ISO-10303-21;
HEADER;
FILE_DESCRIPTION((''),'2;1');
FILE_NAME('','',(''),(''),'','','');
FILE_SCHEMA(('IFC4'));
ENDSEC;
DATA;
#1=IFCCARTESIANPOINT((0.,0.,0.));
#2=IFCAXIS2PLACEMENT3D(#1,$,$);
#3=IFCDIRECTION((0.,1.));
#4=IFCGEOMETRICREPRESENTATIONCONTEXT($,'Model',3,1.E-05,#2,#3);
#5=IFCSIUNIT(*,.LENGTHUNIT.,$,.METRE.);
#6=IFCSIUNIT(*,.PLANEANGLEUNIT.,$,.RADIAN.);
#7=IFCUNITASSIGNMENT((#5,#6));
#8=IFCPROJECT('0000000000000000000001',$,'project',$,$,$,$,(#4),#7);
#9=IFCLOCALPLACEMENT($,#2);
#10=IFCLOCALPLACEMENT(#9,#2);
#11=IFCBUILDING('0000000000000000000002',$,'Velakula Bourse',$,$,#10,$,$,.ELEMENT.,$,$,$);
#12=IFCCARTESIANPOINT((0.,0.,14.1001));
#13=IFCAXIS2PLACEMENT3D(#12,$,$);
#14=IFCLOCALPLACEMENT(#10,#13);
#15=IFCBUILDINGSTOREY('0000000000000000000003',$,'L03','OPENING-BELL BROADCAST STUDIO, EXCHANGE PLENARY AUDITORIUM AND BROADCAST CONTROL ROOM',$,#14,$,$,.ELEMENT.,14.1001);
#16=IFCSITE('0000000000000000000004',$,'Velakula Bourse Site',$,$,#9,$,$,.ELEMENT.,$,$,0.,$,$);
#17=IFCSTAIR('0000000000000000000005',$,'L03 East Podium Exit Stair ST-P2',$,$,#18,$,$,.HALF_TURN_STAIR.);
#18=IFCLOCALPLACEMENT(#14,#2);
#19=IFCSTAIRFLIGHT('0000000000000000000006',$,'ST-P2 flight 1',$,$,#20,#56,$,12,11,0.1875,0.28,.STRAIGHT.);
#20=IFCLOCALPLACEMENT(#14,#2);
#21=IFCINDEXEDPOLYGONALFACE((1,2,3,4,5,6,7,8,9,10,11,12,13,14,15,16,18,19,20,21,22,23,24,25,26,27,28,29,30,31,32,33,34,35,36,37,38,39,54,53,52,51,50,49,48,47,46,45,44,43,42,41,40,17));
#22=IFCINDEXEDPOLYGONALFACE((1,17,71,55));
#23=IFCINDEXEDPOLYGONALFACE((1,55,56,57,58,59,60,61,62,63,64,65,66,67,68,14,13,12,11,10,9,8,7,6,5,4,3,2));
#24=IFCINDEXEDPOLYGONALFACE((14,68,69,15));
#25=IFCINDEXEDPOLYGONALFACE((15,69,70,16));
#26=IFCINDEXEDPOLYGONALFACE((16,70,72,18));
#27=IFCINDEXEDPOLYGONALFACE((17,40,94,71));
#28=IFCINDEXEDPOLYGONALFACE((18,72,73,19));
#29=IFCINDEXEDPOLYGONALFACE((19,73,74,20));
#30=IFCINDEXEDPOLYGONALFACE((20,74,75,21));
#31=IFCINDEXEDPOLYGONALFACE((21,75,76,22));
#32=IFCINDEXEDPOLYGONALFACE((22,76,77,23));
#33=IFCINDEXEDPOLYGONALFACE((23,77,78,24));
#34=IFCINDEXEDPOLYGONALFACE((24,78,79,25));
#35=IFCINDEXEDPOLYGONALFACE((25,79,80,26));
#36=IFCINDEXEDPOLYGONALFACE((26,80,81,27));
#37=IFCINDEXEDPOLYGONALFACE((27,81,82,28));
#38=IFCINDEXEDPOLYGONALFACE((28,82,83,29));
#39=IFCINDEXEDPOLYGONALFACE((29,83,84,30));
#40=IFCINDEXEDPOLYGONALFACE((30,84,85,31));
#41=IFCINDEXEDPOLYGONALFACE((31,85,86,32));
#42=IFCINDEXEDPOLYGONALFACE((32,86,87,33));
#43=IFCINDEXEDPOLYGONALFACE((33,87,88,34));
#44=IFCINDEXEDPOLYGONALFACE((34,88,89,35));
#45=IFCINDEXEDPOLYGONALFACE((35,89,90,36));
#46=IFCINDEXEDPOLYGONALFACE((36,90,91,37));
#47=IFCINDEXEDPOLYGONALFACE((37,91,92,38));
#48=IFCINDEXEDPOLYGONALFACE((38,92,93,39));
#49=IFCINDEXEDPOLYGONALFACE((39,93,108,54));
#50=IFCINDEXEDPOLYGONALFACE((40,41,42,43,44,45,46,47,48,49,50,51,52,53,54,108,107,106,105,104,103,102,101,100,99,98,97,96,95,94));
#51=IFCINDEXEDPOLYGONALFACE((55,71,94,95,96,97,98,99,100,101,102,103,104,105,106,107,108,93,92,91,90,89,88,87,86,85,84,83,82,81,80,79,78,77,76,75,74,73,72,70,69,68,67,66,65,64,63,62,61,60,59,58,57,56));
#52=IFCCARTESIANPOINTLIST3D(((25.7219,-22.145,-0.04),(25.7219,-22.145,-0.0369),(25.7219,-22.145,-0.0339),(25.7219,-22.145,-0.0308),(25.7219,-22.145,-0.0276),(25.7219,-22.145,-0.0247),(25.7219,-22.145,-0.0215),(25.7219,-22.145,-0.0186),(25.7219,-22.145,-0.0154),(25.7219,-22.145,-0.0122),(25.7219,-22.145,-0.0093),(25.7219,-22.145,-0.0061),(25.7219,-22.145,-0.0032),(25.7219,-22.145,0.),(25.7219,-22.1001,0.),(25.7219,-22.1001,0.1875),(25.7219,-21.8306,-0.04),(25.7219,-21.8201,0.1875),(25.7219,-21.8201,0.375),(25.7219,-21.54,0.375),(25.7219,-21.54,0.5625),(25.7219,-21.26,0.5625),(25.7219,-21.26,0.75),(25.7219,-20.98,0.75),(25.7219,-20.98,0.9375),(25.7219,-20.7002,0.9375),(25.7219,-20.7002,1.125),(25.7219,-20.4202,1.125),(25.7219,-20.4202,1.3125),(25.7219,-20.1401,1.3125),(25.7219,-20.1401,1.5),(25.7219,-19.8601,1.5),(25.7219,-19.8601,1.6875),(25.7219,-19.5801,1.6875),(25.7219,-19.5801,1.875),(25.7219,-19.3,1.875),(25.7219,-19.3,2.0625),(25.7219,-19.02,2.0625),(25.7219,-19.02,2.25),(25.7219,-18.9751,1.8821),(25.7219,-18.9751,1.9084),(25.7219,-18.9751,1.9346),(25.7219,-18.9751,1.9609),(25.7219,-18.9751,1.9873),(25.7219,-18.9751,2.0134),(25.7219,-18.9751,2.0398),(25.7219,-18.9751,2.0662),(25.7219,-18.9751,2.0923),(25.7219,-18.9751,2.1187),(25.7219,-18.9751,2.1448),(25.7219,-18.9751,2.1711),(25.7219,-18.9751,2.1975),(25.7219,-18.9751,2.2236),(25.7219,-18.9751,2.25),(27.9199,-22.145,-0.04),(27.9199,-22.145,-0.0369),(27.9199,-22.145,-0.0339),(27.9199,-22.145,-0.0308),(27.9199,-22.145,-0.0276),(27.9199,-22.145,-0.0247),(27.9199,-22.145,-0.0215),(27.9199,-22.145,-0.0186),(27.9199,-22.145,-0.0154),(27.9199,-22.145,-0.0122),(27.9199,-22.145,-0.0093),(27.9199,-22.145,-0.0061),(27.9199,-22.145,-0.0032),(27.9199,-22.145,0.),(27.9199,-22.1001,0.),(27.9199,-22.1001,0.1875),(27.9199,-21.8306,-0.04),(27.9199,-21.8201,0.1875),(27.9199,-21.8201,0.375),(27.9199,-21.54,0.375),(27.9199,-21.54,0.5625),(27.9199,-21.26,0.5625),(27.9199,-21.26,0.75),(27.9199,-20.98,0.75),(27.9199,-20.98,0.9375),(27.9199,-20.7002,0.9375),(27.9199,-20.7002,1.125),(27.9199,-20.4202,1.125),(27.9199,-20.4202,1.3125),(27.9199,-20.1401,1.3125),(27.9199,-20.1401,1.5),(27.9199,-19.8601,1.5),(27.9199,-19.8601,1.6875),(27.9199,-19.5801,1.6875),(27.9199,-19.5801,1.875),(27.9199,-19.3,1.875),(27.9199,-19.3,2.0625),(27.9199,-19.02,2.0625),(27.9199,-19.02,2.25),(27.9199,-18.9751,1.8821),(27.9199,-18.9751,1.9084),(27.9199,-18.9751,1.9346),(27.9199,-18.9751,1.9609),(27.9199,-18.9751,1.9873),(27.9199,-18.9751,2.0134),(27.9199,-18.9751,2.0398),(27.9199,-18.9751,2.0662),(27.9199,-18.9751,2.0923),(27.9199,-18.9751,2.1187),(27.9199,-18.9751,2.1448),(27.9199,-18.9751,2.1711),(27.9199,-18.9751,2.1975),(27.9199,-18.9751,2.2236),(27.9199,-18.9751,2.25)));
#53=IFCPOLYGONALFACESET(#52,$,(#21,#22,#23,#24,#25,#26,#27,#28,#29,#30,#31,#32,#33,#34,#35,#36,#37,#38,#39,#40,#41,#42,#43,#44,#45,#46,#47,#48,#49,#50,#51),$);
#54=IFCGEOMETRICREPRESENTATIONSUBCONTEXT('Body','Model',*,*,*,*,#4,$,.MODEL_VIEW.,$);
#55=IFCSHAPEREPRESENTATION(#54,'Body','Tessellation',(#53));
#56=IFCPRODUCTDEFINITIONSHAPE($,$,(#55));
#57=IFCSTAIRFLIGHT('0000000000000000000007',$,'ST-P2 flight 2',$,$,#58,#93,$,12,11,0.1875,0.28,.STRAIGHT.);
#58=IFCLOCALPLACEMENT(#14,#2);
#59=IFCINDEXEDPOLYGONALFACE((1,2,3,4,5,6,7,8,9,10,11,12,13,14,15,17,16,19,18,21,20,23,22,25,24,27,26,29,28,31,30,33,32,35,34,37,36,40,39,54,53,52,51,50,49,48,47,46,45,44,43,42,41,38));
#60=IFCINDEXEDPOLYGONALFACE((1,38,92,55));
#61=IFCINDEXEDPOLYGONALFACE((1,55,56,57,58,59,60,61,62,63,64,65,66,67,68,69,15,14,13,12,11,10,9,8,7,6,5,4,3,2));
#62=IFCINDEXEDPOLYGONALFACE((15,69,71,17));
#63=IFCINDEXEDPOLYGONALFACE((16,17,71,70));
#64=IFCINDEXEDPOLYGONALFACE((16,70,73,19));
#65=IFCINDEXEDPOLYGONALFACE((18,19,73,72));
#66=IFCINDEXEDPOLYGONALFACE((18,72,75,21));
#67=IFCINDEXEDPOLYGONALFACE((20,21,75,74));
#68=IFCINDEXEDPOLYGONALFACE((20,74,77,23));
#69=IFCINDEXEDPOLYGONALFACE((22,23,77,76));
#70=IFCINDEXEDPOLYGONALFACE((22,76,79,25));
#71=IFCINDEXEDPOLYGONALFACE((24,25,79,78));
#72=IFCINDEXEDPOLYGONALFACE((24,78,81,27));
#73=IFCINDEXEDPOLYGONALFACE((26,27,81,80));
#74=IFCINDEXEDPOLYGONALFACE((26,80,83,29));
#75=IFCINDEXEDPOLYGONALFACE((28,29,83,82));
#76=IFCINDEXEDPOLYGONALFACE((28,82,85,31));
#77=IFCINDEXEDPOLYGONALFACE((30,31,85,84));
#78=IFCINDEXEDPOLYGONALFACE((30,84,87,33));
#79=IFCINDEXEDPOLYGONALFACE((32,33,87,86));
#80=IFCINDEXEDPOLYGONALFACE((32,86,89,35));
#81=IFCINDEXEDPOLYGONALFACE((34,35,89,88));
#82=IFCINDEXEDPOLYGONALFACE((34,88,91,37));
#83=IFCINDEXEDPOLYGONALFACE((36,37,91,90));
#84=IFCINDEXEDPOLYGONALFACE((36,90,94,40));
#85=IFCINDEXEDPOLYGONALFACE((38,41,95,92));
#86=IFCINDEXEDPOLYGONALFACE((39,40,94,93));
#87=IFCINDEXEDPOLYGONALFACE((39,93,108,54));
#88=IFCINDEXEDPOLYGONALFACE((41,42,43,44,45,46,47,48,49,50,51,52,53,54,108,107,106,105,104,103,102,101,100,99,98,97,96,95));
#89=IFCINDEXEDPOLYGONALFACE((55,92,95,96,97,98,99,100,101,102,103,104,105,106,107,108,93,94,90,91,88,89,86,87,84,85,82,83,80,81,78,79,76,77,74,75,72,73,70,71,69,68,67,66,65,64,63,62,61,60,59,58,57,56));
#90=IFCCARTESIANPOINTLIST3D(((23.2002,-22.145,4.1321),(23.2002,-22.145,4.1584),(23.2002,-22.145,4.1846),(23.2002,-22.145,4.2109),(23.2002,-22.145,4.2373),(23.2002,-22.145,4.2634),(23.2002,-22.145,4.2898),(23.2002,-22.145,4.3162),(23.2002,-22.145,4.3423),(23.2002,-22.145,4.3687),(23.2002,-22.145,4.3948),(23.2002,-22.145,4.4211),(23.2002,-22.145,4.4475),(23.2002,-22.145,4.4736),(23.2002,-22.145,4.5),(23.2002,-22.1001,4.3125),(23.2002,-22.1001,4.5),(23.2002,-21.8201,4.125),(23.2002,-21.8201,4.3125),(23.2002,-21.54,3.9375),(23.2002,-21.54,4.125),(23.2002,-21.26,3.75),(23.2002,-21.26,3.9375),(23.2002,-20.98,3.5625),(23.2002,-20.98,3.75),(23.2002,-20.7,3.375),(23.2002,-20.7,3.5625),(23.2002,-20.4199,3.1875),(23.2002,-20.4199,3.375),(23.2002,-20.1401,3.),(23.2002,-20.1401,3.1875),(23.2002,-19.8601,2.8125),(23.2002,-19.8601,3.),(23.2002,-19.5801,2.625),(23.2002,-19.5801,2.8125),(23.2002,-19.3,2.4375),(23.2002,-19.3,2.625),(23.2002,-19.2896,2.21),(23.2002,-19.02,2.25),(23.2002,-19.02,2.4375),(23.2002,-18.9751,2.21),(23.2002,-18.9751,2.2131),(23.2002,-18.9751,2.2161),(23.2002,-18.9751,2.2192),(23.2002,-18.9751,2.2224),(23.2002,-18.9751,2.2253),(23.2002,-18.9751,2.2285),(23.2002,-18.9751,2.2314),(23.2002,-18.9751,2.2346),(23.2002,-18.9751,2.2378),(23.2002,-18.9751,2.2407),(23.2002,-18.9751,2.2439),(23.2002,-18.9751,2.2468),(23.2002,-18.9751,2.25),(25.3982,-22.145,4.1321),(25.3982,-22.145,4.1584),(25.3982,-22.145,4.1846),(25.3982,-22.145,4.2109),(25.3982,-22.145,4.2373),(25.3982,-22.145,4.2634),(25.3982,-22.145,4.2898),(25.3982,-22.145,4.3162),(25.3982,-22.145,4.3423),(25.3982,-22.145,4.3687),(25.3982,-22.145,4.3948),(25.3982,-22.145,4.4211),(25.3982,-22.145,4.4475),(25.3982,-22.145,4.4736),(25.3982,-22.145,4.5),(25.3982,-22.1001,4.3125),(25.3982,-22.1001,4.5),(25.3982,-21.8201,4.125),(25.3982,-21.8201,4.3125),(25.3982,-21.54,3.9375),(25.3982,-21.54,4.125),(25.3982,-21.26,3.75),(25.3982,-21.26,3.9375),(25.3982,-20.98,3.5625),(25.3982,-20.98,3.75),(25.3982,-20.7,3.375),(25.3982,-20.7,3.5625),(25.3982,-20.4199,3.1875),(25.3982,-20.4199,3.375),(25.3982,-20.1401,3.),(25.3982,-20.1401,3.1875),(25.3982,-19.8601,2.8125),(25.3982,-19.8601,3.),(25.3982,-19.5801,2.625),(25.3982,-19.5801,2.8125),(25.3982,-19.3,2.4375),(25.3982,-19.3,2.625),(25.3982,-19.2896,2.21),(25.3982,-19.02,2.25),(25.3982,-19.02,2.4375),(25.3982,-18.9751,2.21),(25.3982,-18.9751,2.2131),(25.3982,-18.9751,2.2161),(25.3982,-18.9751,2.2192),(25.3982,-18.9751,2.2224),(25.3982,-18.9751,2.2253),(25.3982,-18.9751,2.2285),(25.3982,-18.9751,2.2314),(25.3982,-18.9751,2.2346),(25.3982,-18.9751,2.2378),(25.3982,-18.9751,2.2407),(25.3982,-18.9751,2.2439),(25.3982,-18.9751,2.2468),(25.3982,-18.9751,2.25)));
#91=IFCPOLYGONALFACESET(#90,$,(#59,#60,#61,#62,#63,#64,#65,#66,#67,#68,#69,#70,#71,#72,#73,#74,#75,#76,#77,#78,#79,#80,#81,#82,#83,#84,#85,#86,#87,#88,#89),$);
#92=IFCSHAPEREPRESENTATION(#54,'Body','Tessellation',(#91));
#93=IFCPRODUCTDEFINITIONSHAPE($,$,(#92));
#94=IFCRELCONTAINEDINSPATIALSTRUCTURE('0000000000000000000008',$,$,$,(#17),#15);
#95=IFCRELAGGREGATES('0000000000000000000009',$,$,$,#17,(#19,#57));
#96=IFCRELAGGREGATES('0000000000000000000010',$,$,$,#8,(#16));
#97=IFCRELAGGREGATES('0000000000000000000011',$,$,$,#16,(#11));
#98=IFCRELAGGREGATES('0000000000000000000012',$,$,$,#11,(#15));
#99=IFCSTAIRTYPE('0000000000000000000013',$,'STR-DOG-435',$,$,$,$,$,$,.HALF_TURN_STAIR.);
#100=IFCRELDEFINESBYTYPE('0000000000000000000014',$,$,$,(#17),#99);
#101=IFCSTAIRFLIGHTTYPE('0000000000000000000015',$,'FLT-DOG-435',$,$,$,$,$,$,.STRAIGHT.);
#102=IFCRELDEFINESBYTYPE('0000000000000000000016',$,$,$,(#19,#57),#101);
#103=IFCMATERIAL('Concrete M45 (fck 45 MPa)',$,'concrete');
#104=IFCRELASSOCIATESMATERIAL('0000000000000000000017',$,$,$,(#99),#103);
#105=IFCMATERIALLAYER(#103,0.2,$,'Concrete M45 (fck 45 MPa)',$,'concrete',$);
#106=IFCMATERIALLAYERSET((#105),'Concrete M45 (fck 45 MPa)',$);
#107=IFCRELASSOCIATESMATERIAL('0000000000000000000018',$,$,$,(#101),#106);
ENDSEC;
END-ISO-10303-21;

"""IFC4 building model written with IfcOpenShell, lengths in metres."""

from ifc_helpers import new_model, si_unit, direction, frame, origin, place, context, subcontext, project, spatial, polyline, outline, extrude, material, layer, layer_set, type_object, element, aggregate, save


model = new_model("IFC4")

# Units and contexts
model_context = context("Model", 3, precision=1e-05, world=origin(), true_north=direction((0.0, 1.0)))
body_context = subcontext(model_context, "Body", "Model", "MODEL_VIEW")
ifc_project = project(units=[si_unit("LENGTHUNIT", "METRE"), si_unit("PLANEANGLEUNIT", "RADIAN")], contexts=[model_context])

# Site, building, storey
site_placement = place(None, origin())
site = spatial("IfcSite", under=ifc_project, at=site_placement, Name="Velakula Bourse Site", CompositionType="ELEMENT", RefElevation=0.0)
building_placement = place(site_placement, origin())
building = spatial("IfcBuilding", under=site, at=building_placement, Name="Velakula Bourse", CompositionType="ELEMENT")
storey_placement = place(building_placement, frame((0.0, 0.0, 14.1001)))
storey = spatial("IfcBuildingStorey", under=building, at=storey_placement, Name="L03", Description="OPENING-BELL BROADCAST STUDIO, EXCHANGE PLENARY AUDITORIUM AND BROADCAST CONTROL ROOM", CompositionType="ELEMENT", Elevation=14.1001)

# Stair, stair flights
ifc_material_1 = material(Name="Concrete M45 (fck 45 MPa)", Category="concrete")
stair_type = type_object("IfcStairType", Name="STR-DOG-435", PredefinedType="HALF_TURN_STAIR", material=ifc_material_1)
stair_placement = place(storey_placement, origin())
stair = element("IfcStair", 1, at=stair_placement, inside=storey, type_object=stair_type, Name="L03 East Podium Exit Stair ST-P2", PredefinedType="HALF_TURN_STAIR")
ifc_layer_1 = layer(ifc_material_1, 0.2, Name="Concrete M45 (fck 45 MPa)", Category="concrete")
ifc_layer_set_1 = layer_set([ifc_layer_1], Name="Concrete M45 (fck 45 MPa)")
stair_flight_type = type_object("IfcStairFlightType", Name="FLT-DOG-435", PredefinedType="STRAIGHT", material=ifc_layer_set_1)
stair_flight_1_placement = place(storey_placement, frame((26.821, -22.1001, 0.0), z_axis=(0.0, 0.0, 1.0), x_axis=(0.0, 1.0, 0.0)))
stair_flight_1 = element("IfcStairFlight", 2, at=stair_flight_1_placement, type_object=stair_flight_type, Name="ST-P2 flight 1", NumberOfRisers=12, NumberOfTreads=11, PredefinedType="STRAIGHT", RiserHeight=0.1875, TreadLength=0.28, context=body_context, shape_type="SweptSolid", body=[
    extrude(outline(polyline([(-0.0449, -0.04), (-0.0449, -0.0369), (-0.0449, -0.0339), (-0.0449, -0.0308), (-0.0449, -0.0276), (-0.0449, -0.0247), (-0.0449, -0.0215), (-0.0449, -0.0186), (-0.0449, -0.0154), (-0.0449, -0.0122), (-0.0449, -0.0093), (-0.0449, -0.0061), (-0.0449, -0.0032), (-0.0449, 0.0), (0.0, 0.0), (0.0, 0.1875), (0.28, 0.1875), (0.28, 0.375), (0.5601, 0.375), (0.5601, 0.5625), (0.8401, 0.5625), (0.8401, 0.75), (1.1201, 0.75), (1.1201, 0.9375), (1.3999, 0.9375), (1.3999, 1.125), (1.6799, 1.125), (1.6799, 1.3125), (1.96, 1.3125), (1.96, 1.5), (2.24, 1.5), (2.24, 1.6875), (2.52, 1.6875), (2.52, 1.875), (2.8, 1.875), (2.8, 2.0625), (3.0801, 2.0625), (3.0801, 2.25), (3.125, 2.25), (3.125, 2.2236), (3.125, 2.1975), (3.125, 2.1711), (3.125, 2.1448), (3.125, 2.1187), (3.125, 2.0923), (3.125, 2.0662), (3.125, 2.0398), (3.125, 2.0134), (3.125, 1.9873), (3.125, 1.9609), (3.125, 1.9346), (3.125, 1.9084), (3.125, 1.8821), (0.2695, -0.04), (-0.0449, -0.04)])), frame((0.0, 1.0991, 0.0), z_axis=(0.0, -1.0, 0.0), x_axis=(1.0, 0.0, 0.0)), (0.0, 0.0, 1.0), 2.198),
])
stair_flight_2_placement = place(storey_placement, frame((24.2991, -19.02, 2.25), z_axis=(0.0, 0.0, 1.0), x_axis=(0.0, -1.0, 0.0)))
stair_flight_2 = element("IfcStairFlight", 3, at=stair_flight_2_placement, type_object=stair_flight_type, Name="ST-P2 flight 2", NumberOfRisers=12, NumberOfTreads=11, PredefinedType="STRAIGHT", RiserHeight=0.1875, TreadLength=0.28, context=body_context, shape_type="SweptSolid", body=[
    extrude(outline(polyline([(-0.0449, -0.04), (-0.0449, -0.0369), (-0.0449, -0.0339), (-0.0449, -0.0308), (-0.0449, -0.0276), (-0.0449, -0.0247), (-0.0449, -0.0215), (-0.0449, -0.0186), (-0.0449, -0.0154), (-0.0449, -0.0122), (-0.0449, -0.0093), (-0.0449, -0.0061), (-0.0449, -0.0032), (-0.0449, 0.0), (0.0, 0.0), (0.0, 0.1875), (0.28, 0.1875), (0.28, 0.375), (0.5601, 0.375), (0.5601, 0.5625), (0.8401, 0.5625), (0.8401, 0.75), (1.1201, 0.75), (1.1201, 0.9375), (1.3999, 0.9375), (1.3999, 1.125), (1.6799, 1.125), (1.6799, 1.3125), (1.96, 1.3125), (1.96, 1.5), (2.24, 1.5), (2.24, 1.6875), (2.52, 1.6875), (2.52, 1.875), (2.8, 1.875), (2.8, 2.0625), (3.0801, 2.0625), (3.0801, 2.25), (3.125, 2.25), (3.125, 2.2236), (3.125, 2.1975), (3.125, 2.1711), (3.125, 2.1448), (3.125, 2.1187), (3.125, 2.0923), (3.125, 2.0662), (3.125, 2.0398), (3.125, 2.0134), (3.125, 1.9873), (3.125, 1.9609), (3.125, 1.9346), (3.125, 1.9084), (3.125, 1.8821), (0.2695, -0.04), (-0.0449, -0.04)])), frame((0.0, 1.0991, 0.0), z_axis=(0.0, -1.0, 0.0), x_axis=(1.0, 0.0, 0.0)), (0.0, 0.0, 1.0), 2.198),
])
aggregate(stair, [stair_flight_1, stair_flight_2])

save(model, "model.ifc")
